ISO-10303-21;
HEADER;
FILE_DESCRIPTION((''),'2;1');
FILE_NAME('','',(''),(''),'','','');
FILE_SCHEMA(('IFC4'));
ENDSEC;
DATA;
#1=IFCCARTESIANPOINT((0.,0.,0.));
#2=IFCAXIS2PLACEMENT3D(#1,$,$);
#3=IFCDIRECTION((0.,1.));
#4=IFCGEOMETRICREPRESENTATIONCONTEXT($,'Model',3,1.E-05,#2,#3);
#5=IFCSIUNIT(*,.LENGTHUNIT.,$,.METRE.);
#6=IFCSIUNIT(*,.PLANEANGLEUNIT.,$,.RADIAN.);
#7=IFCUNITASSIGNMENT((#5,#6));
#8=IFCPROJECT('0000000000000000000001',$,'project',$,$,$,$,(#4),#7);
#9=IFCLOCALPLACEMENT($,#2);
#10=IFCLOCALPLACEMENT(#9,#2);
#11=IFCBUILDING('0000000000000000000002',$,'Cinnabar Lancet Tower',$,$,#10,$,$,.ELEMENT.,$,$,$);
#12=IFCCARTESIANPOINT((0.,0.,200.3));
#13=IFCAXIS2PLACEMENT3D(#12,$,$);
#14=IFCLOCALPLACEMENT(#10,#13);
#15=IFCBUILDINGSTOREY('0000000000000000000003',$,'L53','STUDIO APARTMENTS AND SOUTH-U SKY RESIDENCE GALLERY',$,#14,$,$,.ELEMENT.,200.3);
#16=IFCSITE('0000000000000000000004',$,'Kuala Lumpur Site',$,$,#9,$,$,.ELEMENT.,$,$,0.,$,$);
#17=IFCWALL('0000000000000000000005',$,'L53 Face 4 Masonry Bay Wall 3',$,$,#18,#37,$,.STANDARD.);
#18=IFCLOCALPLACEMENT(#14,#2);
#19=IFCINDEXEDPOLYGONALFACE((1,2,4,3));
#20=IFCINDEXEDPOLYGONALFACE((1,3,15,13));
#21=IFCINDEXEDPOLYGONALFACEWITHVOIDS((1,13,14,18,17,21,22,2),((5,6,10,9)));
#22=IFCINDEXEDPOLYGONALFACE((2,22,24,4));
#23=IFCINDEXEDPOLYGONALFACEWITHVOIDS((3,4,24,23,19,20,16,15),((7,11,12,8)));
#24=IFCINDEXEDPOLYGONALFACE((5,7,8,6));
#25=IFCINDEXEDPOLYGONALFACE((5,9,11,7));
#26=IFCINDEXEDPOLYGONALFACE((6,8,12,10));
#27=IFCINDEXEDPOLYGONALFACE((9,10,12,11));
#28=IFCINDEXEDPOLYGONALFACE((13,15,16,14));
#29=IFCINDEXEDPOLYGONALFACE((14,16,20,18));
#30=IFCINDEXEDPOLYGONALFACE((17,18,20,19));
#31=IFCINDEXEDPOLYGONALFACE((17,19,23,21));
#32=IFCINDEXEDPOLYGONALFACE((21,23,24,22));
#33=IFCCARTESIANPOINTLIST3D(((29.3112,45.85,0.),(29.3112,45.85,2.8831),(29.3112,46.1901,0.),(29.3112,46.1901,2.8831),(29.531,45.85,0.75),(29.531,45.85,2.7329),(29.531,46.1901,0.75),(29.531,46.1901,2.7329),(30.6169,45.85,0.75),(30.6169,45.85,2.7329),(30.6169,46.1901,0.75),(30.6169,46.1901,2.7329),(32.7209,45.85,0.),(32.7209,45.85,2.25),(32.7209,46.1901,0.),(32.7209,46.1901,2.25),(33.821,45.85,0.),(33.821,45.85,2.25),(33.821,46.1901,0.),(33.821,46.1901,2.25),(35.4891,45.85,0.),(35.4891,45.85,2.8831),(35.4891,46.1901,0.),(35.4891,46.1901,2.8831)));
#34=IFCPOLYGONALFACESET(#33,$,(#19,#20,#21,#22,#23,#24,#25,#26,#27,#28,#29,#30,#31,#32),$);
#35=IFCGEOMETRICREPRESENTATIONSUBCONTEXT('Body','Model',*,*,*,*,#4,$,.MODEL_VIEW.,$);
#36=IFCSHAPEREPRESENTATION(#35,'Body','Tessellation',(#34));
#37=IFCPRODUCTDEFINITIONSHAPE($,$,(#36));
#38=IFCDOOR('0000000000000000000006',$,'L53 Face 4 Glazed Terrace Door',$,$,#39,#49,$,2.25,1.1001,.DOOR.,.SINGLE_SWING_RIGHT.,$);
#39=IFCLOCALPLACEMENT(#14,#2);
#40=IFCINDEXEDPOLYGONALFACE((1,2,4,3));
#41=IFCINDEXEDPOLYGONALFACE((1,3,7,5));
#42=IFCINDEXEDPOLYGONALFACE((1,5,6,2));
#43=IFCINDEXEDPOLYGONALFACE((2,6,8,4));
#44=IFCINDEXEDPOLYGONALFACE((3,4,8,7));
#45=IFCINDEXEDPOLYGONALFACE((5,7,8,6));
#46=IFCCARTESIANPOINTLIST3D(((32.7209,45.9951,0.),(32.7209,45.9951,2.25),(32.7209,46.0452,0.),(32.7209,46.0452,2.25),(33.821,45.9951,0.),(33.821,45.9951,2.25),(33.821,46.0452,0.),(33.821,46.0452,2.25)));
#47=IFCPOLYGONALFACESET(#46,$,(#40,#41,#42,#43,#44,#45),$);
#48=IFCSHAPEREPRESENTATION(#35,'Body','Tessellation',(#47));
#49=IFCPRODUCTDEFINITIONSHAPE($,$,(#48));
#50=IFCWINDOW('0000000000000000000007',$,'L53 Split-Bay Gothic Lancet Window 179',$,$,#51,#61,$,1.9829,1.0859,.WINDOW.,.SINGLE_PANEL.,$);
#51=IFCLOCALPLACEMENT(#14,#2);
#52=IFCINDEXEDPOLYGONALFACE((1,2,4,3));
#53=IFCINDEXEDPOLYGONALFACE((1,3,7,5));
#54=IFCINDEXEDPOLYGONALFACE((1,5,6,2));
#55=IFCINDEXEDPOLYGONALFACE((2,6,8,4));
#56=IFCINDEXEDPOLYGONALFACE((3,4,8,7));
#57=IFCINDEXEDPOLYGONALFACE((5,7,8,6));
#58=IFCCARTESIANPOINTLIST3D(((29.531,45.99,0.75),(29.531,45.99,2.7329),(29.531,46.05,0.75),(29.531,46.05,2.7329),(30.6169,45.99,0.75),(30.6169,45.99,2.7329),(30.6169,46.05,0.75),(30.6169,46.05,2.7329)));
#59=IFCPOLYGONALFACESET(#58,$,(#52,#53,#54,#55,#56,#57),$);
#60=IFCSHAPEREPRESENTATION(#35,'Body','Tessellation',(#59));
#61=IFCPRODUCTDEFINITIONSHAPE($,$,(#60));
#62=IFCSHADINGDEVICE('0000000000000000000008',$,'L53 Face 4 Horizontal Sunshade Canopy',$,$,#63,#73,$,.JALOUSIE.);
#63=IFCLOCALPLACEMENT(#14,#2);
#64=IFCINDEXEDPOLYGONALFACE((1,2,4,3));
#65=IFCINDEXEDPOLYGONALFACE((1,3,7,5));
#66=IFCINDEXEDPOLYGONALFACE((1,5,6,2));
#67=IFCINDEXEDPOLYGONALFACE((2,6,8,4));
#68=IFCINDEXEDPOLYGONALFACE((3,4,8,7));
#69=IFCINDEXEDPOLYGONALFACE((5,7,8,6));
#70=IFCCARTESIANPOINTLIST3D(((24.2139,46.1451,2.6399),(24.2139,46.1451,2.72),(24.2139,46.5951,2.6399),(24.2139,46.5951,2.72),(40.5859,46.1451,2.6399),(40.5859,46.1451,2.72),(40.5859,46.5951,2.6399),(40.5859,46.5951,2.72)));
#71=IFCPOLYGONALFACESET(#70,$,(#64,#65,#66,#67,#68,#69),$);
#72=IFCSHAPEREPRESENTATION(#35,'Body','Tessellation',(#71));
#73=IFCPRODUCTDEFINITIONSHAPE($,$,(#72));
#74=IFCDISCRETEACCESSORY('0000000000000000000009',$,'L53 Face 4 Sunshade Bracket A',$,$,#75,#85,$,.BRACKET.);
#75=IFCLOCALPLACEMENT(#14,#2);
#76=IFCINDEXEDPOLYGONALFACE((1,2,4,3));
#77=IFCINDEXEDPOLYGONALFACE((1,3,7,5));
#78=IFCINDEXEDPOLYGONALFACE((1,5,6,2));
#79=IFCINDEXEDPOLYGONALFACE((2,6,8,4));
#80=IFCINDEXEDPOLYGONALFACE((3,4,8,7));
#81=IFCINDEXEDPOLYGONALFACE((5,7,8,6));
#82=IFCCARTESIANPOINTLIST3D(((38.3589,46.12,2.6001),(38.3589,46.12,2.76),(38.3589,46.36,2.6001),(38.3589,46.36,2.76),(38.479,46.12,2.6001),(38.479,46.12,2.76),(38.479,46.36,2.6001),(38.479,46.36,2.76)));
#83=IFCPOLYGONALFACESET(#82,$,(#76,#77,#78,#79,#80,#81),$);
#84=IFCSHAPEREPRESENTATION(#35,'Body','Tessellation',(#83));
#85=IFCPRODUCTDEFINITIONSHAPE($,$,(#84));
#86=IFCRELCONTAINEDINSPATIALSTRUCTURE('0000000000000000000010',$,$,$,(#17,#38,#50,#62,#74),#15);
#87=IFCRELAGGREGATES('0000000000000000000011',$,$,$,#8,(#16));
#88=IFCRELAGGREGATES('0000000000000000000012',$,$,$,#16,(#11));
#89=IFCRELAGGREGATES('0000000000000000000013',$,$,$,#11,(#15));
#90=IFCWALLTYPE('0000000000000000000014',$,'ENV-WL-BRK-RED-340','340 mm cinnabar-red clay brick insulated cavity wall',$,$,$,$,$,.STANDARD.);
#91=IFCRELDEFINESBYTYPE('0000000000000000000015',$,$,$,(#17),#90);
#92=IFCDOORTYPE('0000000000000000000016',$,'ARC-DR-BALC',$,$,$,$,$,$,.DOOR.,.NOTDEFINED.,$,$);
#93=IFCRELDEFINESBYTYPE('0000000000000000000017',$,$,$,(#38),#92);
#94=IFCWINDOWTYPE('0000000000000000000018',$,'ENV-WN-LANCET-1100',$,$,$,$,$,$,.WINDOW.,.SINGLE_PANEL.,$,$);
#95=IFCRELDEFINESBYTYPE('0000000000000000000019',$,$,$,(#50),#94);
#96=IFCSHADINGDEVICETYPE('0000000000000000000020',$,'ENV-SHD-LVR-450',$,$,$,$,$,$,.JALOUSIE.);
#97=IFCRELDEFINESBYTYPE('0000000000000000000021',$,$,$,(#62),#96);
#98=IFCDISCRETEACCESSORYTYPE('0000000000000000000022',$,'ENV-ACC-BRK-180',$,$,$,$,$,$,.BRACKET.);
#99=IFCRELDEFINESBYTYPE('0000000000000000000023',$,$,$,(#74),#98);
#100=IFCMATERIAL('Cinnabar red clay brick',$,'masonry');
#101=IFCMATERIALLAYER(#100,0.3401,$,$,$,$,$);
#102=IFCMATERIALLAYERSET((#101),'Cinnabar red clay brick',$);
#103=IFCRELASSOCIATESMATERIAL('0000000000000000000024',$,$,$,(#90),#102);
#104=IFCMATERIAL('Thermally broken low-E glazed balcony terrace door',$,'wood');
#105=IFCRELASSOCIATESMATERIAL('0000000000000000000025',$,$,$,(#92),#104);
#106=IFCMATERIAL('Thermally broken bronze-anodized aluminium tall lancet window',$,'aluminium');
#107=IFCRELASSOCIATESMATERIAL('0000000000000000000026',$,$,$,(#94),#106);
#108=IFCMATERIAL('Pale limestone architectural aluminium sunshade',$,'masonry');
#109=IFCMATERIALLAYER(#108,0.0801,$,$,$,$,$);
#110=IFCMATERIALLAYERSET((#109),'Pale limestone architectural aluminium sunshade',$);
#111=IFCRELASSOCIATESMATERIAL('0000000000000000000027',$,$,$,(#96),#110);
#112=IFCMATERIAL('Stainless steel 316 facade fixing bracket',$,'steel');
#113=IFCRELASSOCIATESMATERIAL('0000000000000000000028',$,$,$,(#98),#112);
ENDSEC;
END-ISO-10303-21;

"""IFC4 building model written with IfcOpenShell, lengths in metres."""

from ifc_helpers import new_model, si_unit, direction, frame, frame_2d, origin, origin_2d, place, context, subcontext, project, spatial, rectangle, extrude, material, layer, layer_set, type_object, element, fill, save


model = new_model("IFC4")

# Units and contexts
model_context = context("Model", 3, precision=1e-05, world=origin(), true_north=direction((0.0, 1.0)))
body_context = subcontext(model_context, "Body", "Model", "MODEL_VIEW")
ifc_project = project(units=[si_unit("LENGTHUNIT", "METRE"), si_unit("PLANEANGLEUNIT", "RADIAN")], contexts=[model_context])

# Site, building, storey
site_placement = place(None, origin())
site = spatial("IfcSite", under=ifc_project, at=site_placement, Name="Kuala Lumpur Site", CompositionType="ELEMENT", RefElevation=0.0)
building_placement = place(site_placement, origin())
building = spatial("IfcBuilding", under=site, at=building_placement, Name="Cinnabar Lancet Tower", CompositionType="ELEMENT")
storey_placement = place(building_placement, frame((0.0, 0.0, 200.3)))
storey = spatial("IfcBuildingStorey", under=building, at=storey_placement, Name="L53", Description="STUDIO APARTMENTS AND SOUTH-U SKY RESIDENCE GALLERY", CompositionType="ELEMENT", Elevation=200.3)

# Shared definitions
ifc_material_1 = material(Name="Cinnabar red clay brick", Category="masonry")
ifc_layer_1 = layer(ifc_material_1, 0.3401)
ifc_layer_set_1 = layer_set([ifc_layer_1], Name="Cinnabar red clay brick")
wall_type_1 = type_object("IfcWallType", Name="ENV-WL-BRK-RED-340", Description="340 mm cinnabar-red clay brick insulated cavity wall", PredefinedType="STANDARD", material=ifc_layer_set_1)

# Wall, openings, door, window
wall_1_placement = place(storey_placement, frame((35.489, 46.02, 0.0), z_axis=(0.0, 0.0, 1.0), x_axis=(-1.0, 0.0, 0.0)))
wall_1 = element("IfcWall", 1, at=wall_1_placement, inside=storey, type_object=wall_type_1, Name="L53 Face 4 Masonry Bay Wall 3", PredefinedType="STANDARD", context=body_context, shape_type="SweptSolid", body=[
    extrude(rectangle(XDim=6.178, YDim=0.3401, at=frame_2d((3.0889, 0.0))), origin(), (0.0, 0.0, 1.0), 2.8831),
])
opening_1_placement = place(wall_1_placement, frame((1.668, 0.0, 0.0)))
opening_1 = element("IfcOpeningElement", 2, at=opening_1_placement, cuts=wall_1, PredefinedType="OPENING", context=body_context, shape_type="SweptSolid", body=[
    extrude(rectangle(XDim=1.1001, YDim=2.25, at=frame_2d((0.55, 1.125))), frame((0.0, 0.1799, 0.0), z_axis=(0.0, -1.0, 0.0), x_axis=(1.0, 0.0, 0.0)), (0.0, 0.0, 1.0), 0.3601),
])
opening_2_placement = place(wall_1_placement, frame((4.8721, 0.0, 0.75)))
opening_2 = element("IfcOpeningElement", 3, at=opening_2_placement, cuts=wall_1, PredefinedType="OPENING", context=body_context, shape_type="SweptSolid", body=[
    extrude(rectangle(XDim=1.0859, YDim=1.9829, at=frame_2d((0.543, 0.9915))), frame((0.0, 0.1799, 0.0), z_axis=(0.0, -1.0, 0.0), x_axis=(1.0, 0.0, 0.0)), (0.0, 0.0, 1.0), 0.3601),
])
ifc_material_2 = material(Name="Thermally broken low-E glazed balcony terrace door", Category="wood")
door_type_1 = type_object("IfcDoorType", Name="ARC-DR-BALC", OperationType="NOTDEFINED", PredefinedType="DOOR", material=ifc_material_2)
door_1_placement = place(opening_1_placement, origin())
door_1 = element("IfcDoor", 4, at=door_1_placement, inside=storey, type_object=door_type_1, Name="L53 Face 4 Glazed Terrace Door", OperationType="SINGLE_SWING_RIGHT", OverallHeight=2.25, OverallWidth=1.1001, PredefinedType="DOOR", context=body_context, shape_type="SweptSolid", body=[
    extrude(rectangle(XDim=1.1001, YDim=2.25, at=frame_2d((0.55, 1.125))), frame((0.0, 0.0249, 0.0), z_axis=(0.0, -1.0, 0.0), x_axis=(1.0, 0.0, 0.0)), (0.0, 0.0, 1.0), 0.05),
])
fill(opening_1, door_1)
ifc_material_3 = material(Name="Thermally broken bronze-anodized aluminium tall lancet window", Category="aluminium")
window_type_1 = type_object("IfcWindowType", Name="ENV-WN-LANCET-1100", PartitioningType="SINGLE_PANEL", PredefinedType="WINDOW", material=ifc_material_3)
window_1_placement = place(opening_2_placement, origin())
window_1 = element("IfcWindow", 5, at=window_1_placement, inside=storey, type_object=window_type_1, Name="L53 Split-Bay Gothic Lancet Window 179", OverallHeight=1.9829, OverallWidth=1.0859, PartitioningType="SINGLE_PANEL", PredefinedType="WINDOW", context=body_context, shape_type="SweptSolid", body=[
    extrude(rectangle(XDim=1.0859, YDim=1.9829, at=frame_2d((0.543, 0.9915))), frame((0.0, 0.03, 0.0), z_axis=(0.0, -1.0, 0.0), x_axis=(1.0, 0.0, 0.0)), (0.0, 0.0, 1.0), 0.0601),
])
fill(opening_2, window_1)

# Shading device
ifc_material_4 = material(Name="Pale limestone architectural aluminium sunshade", Category="masonry")
ifc_layer_2 = layer(ifc_material_4, 0.0801)
ifc_layer_set_2 = layer_set([ifc_layer_2], Name="Pale limestone architectural aluminium sunshade")
shading_device_type = type_object("IfcShadingDeviceType", Name="ENV-SHD-LVR-450", PredefinedType="JALOUSIE", material=ifc_layer_set_2)
shading_device_placement = place(storey_placement, frame((32.3999, 46.3701, 2.6399), z_axis=(0.0, 0.0, 1.0), x_axis=(-1.0, 0.0, 0.0)))
element("IfcShadingDevice", 6, at=shading_device_placement, inside=storey, type_object=shading_device_type, Name="L53 Face 4 Horizontal Sunshade Canopy", PredefinedType="JALOUSIE", context=body_context, shape_type="SweptSolid", body=[
    extrude(rectangle(XDim=16.3721, YDim=0.45, at=origin_2d()), origin(), (0.0, 0.0, 1.0), 0.0801),
])

# Discrete accessory
ifc_material_5 = material(Name="Stainless steel 316 facade fixing bracket", Category="steel")
discrete_accessory_type = type_object("IfcDiscreteAccessoryType", Name="ENV-ACC-BRK-180", PredefinedType="BRACKET", material=ifc_material_5)
discrete_accessory_placement = place(storey_placement, frame((38.4189, 46.24, 2.6001), z_axis=(0.0, 0.0, 1.0), x_axis=(-1.0, 0.0, 0.0)))
element("IfcDiscreteAccessory", 7, at=discrete_accessory_placement, inside=storey, type_object=discrete_accessory_type, Name="L53 Face 4 Sunshade Bracket A", PredefinedType="BRACKET", context=body_context, shape_type="SweptSolid", body=[
    extrude(rectangle(XDim=0.1201, YDim=0.24, at=origin_2d()), origin(), (0.0, 0.0, 1.0), 0.1599),
])

save(model, "model.ifc")
